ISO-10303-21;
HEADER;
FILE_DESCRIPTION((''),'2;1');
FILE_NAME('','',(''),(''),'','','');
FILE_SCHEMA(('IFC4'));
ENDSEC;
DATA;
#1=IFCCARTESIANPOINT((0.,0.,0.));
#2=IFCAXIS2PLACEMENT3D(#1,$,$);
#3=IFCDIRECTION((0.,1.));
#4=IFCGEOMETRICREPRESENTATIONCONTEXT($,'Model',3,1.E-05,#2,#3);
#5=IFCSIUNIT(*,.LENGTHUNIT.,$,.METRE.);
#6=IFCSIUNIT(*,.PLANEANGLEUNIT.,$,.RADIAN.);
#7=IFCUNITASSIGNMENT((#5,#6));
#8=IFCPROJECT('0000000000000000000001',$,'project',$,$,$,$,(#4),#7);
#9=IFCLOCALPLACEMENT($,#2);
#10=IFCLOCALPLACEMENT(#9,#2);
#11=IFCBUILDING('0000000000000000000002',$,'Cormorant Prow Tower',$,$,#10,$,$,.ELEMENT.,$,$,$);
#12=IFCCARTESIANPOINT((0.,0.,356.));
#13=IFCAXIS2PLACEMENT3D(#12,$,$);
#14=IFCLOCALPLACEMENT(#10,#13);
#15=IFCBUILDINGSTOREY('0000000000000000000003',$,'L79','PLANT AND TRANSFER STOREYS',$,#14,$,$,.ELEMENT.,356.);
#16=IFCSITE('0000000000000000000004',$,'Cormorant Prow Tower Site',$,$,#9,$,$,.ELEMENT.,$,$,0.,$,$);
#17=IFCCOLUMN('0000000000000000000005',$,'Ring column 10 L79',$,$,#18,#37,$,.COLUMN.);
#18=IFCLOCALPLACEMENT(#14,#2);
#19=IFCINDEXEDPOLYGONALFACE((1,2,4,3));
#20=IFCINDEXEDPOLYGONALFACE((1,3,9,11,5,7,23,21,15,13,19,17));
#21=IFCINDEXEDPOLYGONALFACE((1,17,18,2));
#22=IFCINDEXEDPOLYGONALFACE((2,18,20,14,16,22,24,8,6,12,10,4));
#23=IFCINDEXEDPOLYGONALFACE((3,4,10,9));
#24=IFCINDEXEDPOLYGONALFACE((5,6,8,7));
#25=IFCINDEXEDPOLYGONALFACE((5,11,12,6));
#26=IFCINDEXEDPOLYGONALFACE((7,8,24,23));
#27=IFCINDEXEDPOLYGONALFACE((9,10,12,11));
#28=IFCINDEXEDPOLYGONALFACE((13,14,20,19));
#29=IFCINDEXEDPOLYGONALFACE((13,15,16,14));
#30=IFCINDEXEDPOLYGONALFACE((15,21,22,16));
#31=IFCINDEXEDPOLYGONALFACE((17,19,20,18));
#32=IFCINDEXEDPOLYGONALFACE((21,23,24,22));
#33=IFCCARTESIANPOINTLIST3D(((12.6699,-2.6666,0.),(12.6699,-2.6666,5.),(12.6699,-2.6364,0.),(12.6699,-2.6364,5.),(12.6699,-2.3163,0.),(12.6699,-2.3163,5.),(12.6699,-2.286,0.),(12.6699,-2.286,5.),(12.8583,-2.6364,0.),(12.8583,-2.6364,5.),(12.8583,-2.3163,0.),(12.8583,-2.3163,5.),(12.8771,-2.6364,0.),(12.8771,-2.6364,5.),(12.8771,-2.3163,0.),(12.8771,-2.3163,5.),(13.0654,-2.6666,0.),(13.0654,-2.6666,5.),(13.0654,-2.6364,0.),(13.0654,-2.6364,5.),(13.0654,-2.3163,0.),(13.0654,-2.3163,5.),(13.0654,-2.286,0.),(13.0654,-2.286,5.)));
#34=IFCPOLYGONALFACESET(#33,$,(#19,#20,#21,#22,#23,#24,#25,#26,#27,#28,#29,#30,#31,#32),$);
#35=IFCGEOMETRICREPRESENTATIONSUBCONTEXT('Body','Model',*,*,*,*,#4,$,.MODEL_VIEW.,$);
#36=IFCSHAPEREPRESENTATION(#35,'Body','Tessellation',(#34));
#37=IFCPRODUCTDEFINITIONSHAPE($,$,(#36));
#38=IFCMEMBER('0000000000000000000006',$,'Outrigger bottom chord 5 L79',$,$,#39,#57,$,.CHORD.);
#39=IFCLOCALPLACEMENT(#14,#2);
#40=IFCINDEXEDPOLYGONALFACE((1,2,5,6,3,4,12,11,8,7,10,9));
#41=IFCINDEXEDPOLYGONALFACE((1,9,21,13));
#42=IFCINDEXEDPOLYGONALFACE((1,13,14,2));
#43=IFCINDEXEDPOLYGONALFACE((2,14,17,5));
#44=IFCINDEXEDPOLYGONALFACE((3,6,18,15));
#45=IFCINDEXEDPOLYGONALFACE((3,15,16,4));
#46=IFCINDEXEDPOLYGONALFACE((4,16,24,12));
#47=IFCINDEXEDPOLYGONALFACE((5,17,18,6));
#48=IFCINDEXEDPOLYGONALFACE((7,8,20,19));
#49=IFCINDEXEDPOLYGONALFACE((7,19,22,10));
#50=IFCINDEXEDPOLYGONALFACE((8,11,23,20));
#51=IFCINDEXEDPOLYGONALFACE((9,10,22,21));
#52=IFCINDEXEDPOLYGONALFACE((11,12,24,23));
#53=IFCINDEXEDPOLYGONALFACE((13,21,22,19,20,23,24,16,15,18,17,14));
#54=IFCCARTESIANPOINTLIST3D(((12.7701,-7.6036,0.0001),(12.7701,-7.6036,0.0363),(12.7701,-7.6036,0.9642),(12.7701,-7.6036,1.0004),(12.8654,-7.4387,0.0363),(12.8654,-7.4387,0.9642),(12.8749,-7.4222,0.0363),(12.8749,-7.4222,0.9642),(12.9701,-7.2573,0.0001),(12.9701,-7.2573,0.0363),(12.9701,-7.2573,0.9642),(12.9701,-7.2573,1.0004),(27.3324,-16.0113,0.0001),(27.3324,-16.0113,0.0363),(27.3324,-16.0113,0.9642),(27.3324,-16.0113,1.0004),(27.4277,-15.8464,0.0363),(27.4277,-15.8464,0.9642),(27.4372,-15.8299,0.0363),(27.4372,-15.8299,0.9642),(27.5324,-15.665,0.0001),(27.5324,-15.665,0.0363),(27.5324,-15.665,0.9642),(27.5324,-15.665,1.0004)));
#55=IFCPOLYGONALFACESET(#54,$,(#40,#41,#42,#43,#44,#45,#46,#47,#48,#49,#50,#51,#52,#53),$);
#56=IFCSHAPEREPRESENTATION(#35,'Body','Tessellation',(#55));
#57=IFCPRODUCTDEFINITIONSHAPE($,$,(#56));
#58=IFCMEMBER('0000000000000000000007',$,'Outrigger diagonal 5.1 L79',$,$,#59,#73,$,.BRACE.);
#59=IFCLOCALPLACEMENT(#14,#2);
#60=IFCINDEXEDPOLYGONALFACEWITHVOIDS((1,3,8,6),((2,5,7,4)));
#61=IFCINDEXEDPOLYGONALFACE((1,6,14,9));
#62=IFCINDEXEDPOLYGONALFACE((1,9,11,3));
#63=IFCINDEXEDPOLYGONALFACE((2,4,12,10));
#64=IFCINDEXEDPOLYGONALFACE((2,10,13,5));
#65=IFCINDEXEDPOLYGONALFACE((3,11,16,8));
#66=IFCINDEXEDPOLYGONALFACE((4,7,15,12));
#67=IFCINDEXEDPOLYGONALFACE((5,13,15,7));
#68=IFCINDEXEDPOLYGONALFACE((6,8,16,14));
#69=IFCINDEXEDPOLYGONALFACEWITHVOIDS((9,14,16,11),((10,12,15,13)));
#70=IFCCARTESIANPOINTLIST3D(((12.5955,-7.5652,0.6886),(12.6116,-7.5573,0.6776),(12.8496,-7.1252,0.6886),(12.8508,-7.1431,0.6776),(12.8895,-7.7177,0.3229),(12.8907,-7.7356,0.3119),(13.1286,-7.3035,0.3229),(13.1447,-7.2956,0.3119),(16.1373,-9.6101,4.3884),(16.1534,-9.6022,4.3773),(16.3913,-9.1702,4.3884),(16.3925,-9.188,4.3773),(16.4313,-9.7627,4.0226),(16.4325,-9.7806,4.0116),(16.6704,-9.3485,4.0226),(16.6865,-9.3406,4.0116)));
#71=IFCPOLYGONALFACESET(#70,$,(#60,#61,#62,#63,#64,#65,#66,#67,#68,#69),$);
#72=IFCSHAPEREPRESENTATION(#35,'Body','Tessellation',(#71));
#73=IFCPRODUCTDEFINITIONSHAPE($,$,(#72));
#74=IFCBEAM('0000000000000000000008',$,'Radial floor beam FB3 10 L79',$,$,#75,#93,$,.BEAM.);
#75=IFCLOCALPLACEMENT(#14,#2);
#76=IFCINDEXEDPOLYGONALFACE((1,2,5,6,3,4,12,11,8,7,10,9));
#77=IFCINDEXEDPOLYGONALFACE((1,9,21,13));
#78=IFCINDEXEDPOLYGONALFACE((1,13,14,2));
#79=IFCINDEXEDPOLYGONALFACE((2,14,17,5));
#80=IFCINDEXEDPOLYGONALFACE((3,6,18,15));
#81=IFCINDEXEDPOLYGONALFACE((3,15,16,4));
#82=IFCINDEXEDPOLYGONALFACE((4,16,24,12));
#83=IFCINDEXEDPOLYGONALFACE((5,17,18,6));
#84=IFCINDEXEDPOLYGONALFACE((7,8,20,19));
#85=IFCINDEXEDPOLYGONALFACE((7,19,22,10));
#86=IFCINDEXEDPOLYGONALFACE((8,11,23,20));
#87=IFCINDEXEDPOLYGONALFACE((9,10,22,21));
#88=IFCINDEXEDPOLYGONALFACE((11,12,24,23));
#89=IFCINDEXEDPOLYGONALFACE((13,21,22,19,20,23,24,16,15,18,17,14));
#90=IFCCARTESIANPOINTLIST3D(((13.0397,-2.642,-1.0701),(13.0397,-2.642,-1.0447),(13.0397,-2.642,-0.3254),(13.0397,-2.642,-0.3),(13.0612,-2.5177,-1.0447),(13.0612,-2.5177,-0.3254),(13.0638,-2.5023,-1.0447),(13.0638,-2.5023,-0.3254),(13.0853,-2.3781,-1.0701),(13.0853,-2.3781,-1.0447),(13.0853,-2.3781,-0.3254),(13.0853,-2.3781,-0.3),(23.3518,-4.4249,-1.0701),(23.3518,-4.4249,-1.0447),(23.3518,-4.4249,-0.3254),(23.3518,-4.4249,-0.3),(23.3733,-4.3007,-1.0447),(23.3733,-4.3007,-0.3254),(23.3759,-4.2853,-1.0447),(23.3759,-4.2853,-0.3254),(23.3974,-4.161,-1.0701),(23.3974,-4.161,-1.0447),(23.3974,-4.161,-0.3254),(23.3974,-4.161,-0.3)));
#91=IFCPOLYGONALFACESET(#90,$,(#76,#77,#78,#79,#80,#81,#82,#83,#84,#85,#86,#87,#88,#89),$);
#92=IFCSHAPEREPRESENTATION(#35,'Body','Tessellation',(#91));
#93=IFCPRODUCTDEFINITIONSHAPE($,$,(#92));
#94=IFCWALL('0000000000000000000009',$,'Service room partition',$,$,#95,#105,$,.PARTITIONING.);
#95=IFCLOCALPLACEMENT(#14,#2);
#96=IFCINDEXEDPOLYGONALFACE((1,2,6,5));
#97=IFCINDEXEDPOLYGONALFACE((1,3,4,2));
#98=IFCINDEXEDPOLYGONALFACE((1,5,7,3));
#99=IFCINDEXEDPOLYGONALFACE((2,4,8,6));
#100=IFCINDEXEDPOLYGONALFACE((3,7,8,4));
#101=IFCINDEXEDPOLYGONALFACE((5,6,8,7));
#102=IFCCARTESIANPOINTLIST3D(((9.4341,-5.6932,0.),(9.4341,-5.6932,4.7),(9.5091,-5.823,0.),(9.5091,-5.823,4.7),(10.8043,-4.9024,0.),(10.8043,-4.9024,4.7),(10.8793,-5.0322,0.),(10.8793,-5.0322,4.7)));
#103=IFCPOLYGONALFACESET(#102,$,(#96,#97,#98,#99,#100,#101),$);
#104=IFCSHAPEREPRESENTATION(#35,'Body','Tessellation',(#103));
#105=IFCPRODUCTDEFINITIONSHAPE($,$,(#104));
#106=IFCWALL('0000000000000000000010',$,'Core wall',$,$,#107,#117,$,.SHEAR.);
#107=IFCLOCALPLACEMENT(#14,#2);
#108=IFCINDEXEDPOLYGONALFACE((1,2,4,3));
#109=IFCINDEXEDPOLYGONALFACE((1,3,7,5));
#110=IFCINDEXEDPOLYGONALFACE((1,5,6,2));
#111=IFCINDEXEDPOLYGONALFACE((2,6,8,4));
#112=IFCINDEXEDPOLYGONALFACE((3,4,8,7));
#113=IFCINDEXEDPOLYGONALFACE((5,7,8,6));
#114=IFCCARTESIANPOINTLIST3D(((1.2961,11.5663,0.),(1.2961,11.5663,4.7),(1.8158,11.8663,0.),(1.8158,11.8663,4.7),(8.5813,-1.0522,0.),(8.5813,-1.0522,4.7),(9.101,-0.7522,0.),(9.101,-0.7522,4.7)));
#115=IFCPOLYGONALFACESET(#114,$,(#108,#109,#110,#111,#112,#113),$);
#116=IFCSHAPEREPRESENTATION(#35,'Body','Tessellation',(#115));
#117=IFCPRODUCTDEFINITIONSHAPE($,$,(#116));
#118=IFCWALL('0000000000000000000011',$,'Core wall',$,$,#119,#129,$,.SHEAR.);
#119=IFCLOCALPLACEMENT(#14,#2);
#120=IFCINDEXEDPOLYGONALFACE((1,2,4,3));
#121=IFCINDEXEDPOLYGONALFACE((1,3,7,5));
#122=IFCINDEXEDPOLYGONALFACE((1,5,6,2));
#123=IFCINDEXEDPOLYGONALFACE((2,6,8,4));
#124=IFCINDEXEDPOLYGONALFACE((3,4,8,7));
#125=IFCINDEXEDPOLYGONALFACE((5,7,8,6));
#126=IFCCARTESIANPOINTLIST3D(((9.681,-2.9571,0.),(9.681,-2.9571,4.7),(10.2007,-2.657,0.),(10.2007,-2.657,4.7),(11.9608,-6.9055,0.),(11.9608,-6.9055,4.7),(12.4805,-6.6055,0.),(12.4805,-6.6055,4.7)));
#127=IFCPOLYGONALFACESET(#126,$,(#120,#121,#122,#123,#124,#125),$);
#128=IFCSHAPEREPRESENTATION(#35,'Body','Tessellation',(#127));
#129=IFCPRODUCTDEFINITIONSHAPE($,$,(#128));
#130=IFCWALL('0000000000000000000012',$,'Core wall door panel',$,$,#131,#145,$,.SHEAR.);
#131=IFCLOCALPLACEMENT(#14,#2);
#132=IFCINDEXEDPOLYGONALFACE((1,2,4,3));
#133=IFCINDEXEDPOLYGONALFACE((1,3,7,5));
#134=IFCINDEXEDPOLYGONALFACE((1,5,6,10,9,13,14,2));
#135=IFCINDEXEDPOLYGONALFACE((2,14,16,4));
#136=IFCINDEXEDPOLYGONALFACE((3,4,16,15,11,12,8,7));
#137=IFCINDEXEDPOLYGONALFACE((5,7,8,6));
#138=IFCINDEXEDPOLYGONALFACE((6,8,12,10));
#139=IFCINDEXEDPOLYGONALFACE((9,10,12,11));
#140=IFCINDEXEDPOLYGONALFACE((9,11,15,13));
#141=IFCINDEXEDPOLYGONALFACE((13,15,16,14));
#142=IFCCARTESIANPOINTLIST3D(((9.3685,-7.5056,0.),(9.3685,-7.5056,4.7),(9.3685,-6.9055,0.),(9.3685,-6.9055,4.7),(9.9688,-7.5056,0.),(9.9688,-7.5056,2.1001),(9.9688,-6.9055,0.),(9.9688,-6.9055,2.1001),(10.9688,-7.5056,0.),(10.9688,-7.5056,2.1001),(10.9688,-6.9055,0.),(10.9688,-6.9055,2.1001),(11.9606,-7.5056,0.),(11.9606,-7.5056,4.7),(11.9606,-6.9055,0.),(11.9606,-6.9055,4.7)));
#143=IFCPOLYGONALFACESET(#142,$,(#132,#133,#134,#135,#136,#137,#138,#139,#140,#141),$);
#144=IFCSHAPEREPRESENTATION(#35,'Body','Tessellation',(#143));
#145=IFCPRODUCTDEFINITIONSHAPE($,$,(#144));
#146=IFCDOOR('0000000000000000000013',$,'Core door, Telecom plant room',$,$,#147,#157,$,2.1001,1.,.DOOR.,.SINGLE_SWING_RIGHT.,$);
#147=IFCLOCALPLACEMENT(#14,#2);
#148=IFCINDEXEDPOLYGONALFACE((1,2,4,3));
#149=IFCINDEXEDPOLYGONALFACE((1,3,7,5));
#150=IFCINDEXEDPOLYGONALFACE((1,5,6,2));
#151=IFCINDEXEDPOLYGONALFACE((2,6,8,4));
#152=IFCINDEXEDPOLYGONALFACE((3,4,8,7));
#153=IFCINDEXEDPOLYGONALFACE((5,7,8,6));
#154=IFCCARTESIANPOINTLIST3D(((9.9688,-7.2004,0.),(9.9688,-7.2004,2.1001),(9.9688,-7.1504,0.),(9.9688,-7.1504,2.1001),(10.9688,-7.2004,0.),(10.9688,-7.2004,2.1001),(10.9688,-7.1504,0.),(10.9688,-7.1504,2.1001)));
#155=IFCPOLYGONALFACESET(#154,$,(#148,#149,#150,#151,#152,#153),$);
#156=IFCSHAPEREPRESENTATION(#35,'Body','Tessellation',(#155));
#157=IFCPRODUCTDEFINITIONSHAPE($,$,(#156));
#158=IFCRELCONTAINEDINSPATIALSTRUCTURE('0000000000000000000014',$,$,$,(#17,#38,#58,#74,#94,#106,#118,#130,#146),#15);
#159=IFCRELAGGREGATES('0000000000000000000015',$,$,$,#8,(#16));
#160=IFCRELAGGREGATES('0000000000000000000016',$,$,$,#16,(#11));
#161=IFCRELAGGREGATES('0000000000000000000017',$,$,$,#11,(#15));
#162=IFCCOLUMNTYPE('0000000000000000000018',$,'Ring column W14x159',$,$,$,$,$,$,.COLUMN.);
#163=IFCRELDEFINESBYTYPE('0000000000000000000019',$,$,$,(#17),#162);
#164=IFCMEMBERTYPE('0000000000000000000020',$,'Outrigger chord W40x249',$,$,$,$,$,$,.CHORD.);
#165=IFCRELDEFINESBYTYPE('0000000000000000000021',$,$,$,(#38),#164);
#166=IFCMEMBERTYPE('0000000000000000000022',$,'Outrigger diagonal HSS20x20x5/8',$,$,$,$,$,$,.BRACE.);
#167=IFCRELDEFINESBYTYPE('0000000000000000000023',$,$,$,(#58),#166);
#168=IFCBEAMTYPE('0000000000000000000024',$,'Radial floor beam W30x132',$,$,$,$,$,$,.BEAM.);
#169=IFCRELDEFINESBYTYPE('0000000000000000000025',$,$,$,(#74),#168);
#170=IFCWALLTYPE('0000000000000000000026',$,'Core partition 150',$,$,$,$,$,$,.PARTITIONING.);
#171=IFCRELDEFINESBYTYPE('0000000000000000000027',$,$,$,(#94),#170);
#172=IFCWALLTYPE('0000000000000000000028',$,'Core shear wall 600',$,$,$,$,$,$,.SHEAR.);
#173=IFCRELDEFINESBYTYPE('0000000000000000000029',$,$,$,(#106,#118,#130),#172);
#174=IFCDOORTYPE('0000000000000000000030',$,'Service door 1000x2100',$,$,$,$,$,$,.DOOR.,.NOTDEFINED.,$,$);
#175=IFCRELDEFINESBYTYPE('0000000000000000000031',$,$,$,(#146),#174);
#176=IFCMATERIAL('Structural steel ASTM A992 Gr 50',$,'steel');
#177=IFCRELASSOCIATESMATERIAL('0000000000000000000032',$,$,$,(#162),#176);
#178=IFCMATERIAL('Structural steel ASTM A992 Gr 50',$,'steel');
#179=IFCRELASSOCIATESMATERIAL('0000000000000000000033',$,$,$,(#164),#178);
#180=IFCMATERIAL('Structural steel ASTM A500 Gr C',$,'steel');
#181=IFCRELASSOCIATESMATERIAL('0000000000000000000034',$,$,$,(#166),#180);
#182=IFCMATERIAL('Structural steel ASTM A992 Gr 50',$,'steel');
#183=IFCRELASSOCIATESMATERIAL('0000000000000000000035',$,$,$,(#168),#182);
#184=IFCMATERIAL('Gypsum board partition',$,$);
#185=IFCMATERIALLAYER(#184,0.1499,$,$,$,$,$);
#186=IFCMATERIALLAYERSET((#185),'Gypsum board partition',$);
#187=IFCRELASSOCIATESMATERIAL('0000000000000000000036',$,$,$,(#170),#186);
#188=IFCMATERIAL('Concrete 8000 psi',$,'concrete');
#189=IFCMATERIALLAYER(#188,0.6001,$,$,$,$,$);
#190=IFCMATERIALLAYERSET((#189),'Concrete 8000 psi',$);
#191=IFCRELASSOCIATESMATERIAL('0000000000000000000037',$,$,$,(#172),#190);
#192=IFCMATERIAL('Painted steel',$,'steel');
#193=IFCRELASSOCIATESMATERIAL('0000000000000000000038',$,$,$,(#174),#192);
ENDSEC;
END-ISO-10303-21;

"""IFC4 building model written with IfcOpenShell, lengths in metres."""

from ifc_helpers import new_model, si_unit, direction, frame, frame_2d, origin, origin_2d, place, context, subcontext, project, spatial, rectangle, hollow_rectangle, i_section, extrude, material, layer, layer_set, material_profile, profile_set, type_object, element, fill, save


model = new_model("IFC4")

# Units and contexts
model_context = context("Model", 3, precision=1e-05, world=origin(), true_north=direction((0.0, 1.0)))
body_context = subcontext(model_context, "Body", "Model", "MODEL_VIEW")
ifc_project = project(units=[si_unit("LENGTHUNIT", "METRE"), si_unit("PLANEANGLEUNIT", "RADIAN")], contexts=[model_context])

# Site, building, storey
site_placement = place(None, origin())
site = spatial("IfcSite", under=ifc_project, at=site_placement, Name="Cormorant Prow Tower Site", CompositionType="ELEMENT", RefElevation=0.0)
building_placement = place(site_placement, origin())
building = spatial("IfcBuilding", under=site, at=building_placement, Name="Cormorant Prow Tower", CompositionType="ELEMENT")
storey_placement = place(building_placement, frame((0.0, 0.0, 356.0)))
storey = spatial("IfcBuildingStorey", under=building, at=storey_placement, Name="L79", Description="PLANT AND TRANSFER STOREYS", CompositionType="ELEMENT", Elevation=356.0)

# Column
ifc_material_1 = material(Name="Structural steel ASTM A992 Gr 50", Category="steel")
ifc_material_profile_1 = material_profile(ifc_material_1, i_section(OverallWidth=0.3955, OverallDepth=0.3806, WebThickness=0.0188, FlangeThickness=0.0303, at=origin_2d()), Name="W14x159")
ifc_profile_set_1 = profile_set([ifc_material_profile_1], Name="Structural steel ASTM A992 Gr 50")
column_type = type_object("IfcColumnType", Name="Ring column W14x159", PredefinedType="COLUMN", material=ifc_profile_set_1)
column_placement = place(storey_placement, frame((12.8677, -2.4763, 0.0), z_axis=(0.0, 0.0, 1.0), x_axis=(1.0, 0.0, 0.0)))
element("IfcColumn", 1, at=column_placement, inside=storey, type_object=column_type, Name="Ring column 10 L79", PredefinedType="COLUMN", context=body_context, shape_type="SweptSolid", body=[
    extrude(i_section(OverallWidth=0.3955, OverallDepth=0.3806, WebThickness=0.0188, FlangeThickness=0.0303, at=origin_2d()), origin(), (0.0, 0.0, 1.0), 5.0),
])

# Members
ifc_material_2 = material(Name="Structural steel ASTM A992 Gr 50", Category="steel")
ifc_material_profile_2 = material_profile(ifc_material_2, i_section(OverallWidth=0.3999, OverallDepth=1.0002, WebThickness=0.019, FlangeThickness=0.0361, at=origin_2d()), Name="W40x249")
ifc_profile_set_2 = profile_set([ifc_material_profile_2], Name="Structural steel ASTM A992 Gr 50")
member_type_1 = type_object("IfcMemberType", Name="Outrigger chord W40x249", PredefinedType="CHORD", material=ifc_profile_set_2)
member_1_placement = place(storey_placement, frame((12.8701, -7.4304, 0.5002), z_axis=(0.86602, -0.500009, 0.0), x_axis=(0.500009, 0.86602, 0.0)))
element("IfcMember", 2, at=member_1_placement, inside=storey, type_object=member_type_1, Name="Outrigger bottom chord 5 L79", PredefinedType="CHORD", context=body_context, shape_type="SweptSolid", body=[
    extrude(i_section(OverallWidth=0.3999, OverallDepth=1.0002, WebThickness=0.019, FlangeThickness=0.0361, at=origin_2d()), origin(), (0.0, 0.0, 1.0), 16.8152),
])
ifc_material_3 = material(Name="Structural steel ASTM A500 Gr C", Category="steel")
ifc_material_profile_3 = material_profile(ifc_material_3, hollow_rectangle(XDim=0.5081, YDim=0.5081, WallThickness=0.0149, at=origin_2d()), Name="HSS20x20x5/8")
ifc_profile_set_3 = profile_set([ifc_material_profile_3], Name="Structural steel ASTM A500 Gr C")
member_type_2 = type_object("IfcMemberType", Name="Outrigger diagonal HSS20x20x5/8", PredefinedType="BRACE", material=ifc_profile_set_3)
member_2_placement = place(storey_placement, frame((12.8701, -7.4304, 0.5002), z_axis=(0.642221, -0.370803, 0.670863), x_axis=(0.500017, 0.866016, 0.0)))
element("IfcMember", 3, at=member_2_placement, inside=storey, type_object=member_type_2, Name="Outrigger diagonal 5.1 L79", PredefinedType="BRACE", context=body_context, shape_type="SweptSolid", body=[
    extrude(hollow_rectangle(XDim=0.5081, YDim=0.5081, WallThickness=0.0149, at=origin_2d()), origin(), (0.0, 0.0, 1.0), 5.5149),
])

# Beam
ifc_material_4 = material(Name="Structural steel ASTM A992 Gr 50", Category="steel")
ifc_material_profile_4 = material_profile(ifc_material_4, i_section(OverallWidth=0.2678, OverallDepth=0.77, WebThickness=0.0156, FlangeThickness=0.0254, at=origin_2d()), Name="W30x132")
ifc_profile_set_4 = profile_set([ifc_material_profile_4], Name="Structural steel ASTM A992 Gr 50")
beam_type = type_object("IfcBeamType", Name="Radial floor beam W30x132", PredefinedType="BEAM", material=ifc_profile_set_4)
beam_placement = place(storey_placement, frame((13.0625, -2.51, -0.6851), z_axis=(0.98538, -0.170373, 0.0), x_axis=(0.170373, 0.98538, 0.0)))
element("IfcBeam", 4, at=beam_placement, inside=storey, type_object=beam_type, Name="Radial floor beam FB3 10 L79", PredefinedType="BEAM", context=body_context, shape_type="SweptSolid", body=[
    extrude(i_section(OverallWidth=0.2678, OverallDepth=0.77, WebThickness=0.0156, FlangeThickness=0.0254, at=origin_2d()), origin(), (0.0, 0.0, 1.0), 10.4651),
])

# Walls
ifc_material_5 = material(Name="Gypsum board partition")
ifc_layer_1 = layer(ifc_material_5, 0.1499)
ifc_layer_set_1 = layer_set([ifc_layer_1], Name="Gypsum board partition")
wall_type_1 = type_object("IfcWallType", Name="Core partition 150", PredefinedType="PARTITIONING", material=ifc_layer_set_1)
wall_1_placement = place(storey_placement, frame((10.8418, -4.9673, 0.0), z_axis=(0.0, 0.0, 1.0), x_axis=(-0.866098, -0.499874, 0.0)))
element("IfcWall", 5, at=wall_1_placement, inside=storey, type_object=wall_type_1, Name="Service room partition", PredefinedType="PARTITIONING", context=body_context, shape_type="SweptSolid", body=[
    extrude(rectangle(XDim=1.582, YDim=0.1499, at=frame_2d((0.791, 0.0))), origin(), (0.0, 0.0, 1.0), 4.7),
])
ifc_material_6 = material(Name="Concrete 8000 psi", Category="concrete")
ifc_layer_2 = layer(ifc_material_6, 0.6001)
ifc_layer_set_2 = layer_set([ifc_layer_2], Name="Concrete 8000 psi")
wall_type_2 = type_object("IfcWallType", Name="Core shear wall 600", PredefinedType="SHEAR", material=ifc_layer_set_2)
wall_2_placement = place(storey_placement, frame((8.8411, -0.9021, 0.0), z_axis=(0.0, 0.0, 1.0), x_axis=(-0.499996, 0.866028, 0.0)))
element("IfcWall", 6, at=wall_2_placement, inside=storey, type_object=wall_type_2, Name="Core wall", PredefinedType="SHEAR", context=body_context, shape_type="SweptSolid", body=[
    extrude(rectangle(XDim=14.5706, YDim=0.6001, at=frame_2d((7.2852, 0.0))), origin(), (0.0, 0.0, 1.0), 4.7),
])
wall_3_placement = place(storey_placement, frame((12.2207, -6.7556, 0.0), z_axis=(0.0, 0.0, 1.0), x_axis=(-0.500021, 0.866013, 0.0)))
element("IfcWall", 7, at=wall_3_placement, inside=storey, type_object=wall_type_2, Name="Core wall", PredefinedType="SHEAR", context=body_context, shape_type="SweptSolid", body=[
    extrude(rectangle(XDim=4.5593, YDim=0.6001, at=frame_2d((2.2798, 0.0))), origin(), (0.0, 0.0, 1.0), 4.7),
])

# Wall, opening, door
wall_4_placement = place(storey_placement, frame((9.3687, -7.2056, 0.0), z_axis=(0.0, 0.0, 1.0), x_axis=(1.0, 0.0, 0.0)))
wall_4 = element("IfcWall", 8, at=wall_4_placement, inside=storey, type_object=wall_type_2, Name="Core wall door panel", PredefinedType="SHEAR", context=body_context, shape_type="SweptSolid", body=[
    extrude(rectangle(XDim=2.592, YDim=0.6001, at=frame_2d((1.2959, 0.0))), origin(), (0.0, 0.0, 1.0), 4.7),
])
opening_1_placement = place(wall_4_placement, frame((0.6001, 0.0, 0.0)))
opening_1 = element("IfcOpeningElement", 9, at=opening_1_placement, cuts=wall_4, PredefinedType="OPENING", context=body_context, shape_type="SweptSolid", body=[
    extrude(rectangle(XDim=1.0, YDim=2.1001, at=frame_2d((0.5, 1.05))), frame((0.0, 0.3101, 0.0), z_axis=(0.0, -1.0, 0.0), x_axis=(1.0, 0.0, 0.0)), (0.0, 0.0, 1.0), 0.6201),
])
ifc_material_7 = material(Name="Painted steel", Category="steel")
door_type_1 = type_object("IfcDoorType", Name="Service door 1000x2100", OperationType="NOTDEFINED", PredefinedType="DOOR", material=ifc_material_7)
door_1_placement = place(opening_1_placement, origin())
door_1 = element("IfcDoor", 10, at=door_1_placement, inside=storey, type_object=door_type_1, Name="Core door, Telecom plant room", OperationType="SINGLE_SWING_RIGHT", OverallHeight=2.1001, OverallWidth=1.0, PredefinedType="DOOR", context=body_context, shape_type="SweptSolid", body=[
    extrude(rectangle(XDim=1.0, YDim=2.1001, at=frame_2d((0.5, 1.05))), frame((0.0, 0.0552, 0.0), z_axis=(0.0, -1.0, 0.0), x_axis=(1.0, 0.0, 0.0)), (0.0, 0.0, 1.0), 0.05),
])
fill(opening_1, door_1)

save(model, "model.ifc")
